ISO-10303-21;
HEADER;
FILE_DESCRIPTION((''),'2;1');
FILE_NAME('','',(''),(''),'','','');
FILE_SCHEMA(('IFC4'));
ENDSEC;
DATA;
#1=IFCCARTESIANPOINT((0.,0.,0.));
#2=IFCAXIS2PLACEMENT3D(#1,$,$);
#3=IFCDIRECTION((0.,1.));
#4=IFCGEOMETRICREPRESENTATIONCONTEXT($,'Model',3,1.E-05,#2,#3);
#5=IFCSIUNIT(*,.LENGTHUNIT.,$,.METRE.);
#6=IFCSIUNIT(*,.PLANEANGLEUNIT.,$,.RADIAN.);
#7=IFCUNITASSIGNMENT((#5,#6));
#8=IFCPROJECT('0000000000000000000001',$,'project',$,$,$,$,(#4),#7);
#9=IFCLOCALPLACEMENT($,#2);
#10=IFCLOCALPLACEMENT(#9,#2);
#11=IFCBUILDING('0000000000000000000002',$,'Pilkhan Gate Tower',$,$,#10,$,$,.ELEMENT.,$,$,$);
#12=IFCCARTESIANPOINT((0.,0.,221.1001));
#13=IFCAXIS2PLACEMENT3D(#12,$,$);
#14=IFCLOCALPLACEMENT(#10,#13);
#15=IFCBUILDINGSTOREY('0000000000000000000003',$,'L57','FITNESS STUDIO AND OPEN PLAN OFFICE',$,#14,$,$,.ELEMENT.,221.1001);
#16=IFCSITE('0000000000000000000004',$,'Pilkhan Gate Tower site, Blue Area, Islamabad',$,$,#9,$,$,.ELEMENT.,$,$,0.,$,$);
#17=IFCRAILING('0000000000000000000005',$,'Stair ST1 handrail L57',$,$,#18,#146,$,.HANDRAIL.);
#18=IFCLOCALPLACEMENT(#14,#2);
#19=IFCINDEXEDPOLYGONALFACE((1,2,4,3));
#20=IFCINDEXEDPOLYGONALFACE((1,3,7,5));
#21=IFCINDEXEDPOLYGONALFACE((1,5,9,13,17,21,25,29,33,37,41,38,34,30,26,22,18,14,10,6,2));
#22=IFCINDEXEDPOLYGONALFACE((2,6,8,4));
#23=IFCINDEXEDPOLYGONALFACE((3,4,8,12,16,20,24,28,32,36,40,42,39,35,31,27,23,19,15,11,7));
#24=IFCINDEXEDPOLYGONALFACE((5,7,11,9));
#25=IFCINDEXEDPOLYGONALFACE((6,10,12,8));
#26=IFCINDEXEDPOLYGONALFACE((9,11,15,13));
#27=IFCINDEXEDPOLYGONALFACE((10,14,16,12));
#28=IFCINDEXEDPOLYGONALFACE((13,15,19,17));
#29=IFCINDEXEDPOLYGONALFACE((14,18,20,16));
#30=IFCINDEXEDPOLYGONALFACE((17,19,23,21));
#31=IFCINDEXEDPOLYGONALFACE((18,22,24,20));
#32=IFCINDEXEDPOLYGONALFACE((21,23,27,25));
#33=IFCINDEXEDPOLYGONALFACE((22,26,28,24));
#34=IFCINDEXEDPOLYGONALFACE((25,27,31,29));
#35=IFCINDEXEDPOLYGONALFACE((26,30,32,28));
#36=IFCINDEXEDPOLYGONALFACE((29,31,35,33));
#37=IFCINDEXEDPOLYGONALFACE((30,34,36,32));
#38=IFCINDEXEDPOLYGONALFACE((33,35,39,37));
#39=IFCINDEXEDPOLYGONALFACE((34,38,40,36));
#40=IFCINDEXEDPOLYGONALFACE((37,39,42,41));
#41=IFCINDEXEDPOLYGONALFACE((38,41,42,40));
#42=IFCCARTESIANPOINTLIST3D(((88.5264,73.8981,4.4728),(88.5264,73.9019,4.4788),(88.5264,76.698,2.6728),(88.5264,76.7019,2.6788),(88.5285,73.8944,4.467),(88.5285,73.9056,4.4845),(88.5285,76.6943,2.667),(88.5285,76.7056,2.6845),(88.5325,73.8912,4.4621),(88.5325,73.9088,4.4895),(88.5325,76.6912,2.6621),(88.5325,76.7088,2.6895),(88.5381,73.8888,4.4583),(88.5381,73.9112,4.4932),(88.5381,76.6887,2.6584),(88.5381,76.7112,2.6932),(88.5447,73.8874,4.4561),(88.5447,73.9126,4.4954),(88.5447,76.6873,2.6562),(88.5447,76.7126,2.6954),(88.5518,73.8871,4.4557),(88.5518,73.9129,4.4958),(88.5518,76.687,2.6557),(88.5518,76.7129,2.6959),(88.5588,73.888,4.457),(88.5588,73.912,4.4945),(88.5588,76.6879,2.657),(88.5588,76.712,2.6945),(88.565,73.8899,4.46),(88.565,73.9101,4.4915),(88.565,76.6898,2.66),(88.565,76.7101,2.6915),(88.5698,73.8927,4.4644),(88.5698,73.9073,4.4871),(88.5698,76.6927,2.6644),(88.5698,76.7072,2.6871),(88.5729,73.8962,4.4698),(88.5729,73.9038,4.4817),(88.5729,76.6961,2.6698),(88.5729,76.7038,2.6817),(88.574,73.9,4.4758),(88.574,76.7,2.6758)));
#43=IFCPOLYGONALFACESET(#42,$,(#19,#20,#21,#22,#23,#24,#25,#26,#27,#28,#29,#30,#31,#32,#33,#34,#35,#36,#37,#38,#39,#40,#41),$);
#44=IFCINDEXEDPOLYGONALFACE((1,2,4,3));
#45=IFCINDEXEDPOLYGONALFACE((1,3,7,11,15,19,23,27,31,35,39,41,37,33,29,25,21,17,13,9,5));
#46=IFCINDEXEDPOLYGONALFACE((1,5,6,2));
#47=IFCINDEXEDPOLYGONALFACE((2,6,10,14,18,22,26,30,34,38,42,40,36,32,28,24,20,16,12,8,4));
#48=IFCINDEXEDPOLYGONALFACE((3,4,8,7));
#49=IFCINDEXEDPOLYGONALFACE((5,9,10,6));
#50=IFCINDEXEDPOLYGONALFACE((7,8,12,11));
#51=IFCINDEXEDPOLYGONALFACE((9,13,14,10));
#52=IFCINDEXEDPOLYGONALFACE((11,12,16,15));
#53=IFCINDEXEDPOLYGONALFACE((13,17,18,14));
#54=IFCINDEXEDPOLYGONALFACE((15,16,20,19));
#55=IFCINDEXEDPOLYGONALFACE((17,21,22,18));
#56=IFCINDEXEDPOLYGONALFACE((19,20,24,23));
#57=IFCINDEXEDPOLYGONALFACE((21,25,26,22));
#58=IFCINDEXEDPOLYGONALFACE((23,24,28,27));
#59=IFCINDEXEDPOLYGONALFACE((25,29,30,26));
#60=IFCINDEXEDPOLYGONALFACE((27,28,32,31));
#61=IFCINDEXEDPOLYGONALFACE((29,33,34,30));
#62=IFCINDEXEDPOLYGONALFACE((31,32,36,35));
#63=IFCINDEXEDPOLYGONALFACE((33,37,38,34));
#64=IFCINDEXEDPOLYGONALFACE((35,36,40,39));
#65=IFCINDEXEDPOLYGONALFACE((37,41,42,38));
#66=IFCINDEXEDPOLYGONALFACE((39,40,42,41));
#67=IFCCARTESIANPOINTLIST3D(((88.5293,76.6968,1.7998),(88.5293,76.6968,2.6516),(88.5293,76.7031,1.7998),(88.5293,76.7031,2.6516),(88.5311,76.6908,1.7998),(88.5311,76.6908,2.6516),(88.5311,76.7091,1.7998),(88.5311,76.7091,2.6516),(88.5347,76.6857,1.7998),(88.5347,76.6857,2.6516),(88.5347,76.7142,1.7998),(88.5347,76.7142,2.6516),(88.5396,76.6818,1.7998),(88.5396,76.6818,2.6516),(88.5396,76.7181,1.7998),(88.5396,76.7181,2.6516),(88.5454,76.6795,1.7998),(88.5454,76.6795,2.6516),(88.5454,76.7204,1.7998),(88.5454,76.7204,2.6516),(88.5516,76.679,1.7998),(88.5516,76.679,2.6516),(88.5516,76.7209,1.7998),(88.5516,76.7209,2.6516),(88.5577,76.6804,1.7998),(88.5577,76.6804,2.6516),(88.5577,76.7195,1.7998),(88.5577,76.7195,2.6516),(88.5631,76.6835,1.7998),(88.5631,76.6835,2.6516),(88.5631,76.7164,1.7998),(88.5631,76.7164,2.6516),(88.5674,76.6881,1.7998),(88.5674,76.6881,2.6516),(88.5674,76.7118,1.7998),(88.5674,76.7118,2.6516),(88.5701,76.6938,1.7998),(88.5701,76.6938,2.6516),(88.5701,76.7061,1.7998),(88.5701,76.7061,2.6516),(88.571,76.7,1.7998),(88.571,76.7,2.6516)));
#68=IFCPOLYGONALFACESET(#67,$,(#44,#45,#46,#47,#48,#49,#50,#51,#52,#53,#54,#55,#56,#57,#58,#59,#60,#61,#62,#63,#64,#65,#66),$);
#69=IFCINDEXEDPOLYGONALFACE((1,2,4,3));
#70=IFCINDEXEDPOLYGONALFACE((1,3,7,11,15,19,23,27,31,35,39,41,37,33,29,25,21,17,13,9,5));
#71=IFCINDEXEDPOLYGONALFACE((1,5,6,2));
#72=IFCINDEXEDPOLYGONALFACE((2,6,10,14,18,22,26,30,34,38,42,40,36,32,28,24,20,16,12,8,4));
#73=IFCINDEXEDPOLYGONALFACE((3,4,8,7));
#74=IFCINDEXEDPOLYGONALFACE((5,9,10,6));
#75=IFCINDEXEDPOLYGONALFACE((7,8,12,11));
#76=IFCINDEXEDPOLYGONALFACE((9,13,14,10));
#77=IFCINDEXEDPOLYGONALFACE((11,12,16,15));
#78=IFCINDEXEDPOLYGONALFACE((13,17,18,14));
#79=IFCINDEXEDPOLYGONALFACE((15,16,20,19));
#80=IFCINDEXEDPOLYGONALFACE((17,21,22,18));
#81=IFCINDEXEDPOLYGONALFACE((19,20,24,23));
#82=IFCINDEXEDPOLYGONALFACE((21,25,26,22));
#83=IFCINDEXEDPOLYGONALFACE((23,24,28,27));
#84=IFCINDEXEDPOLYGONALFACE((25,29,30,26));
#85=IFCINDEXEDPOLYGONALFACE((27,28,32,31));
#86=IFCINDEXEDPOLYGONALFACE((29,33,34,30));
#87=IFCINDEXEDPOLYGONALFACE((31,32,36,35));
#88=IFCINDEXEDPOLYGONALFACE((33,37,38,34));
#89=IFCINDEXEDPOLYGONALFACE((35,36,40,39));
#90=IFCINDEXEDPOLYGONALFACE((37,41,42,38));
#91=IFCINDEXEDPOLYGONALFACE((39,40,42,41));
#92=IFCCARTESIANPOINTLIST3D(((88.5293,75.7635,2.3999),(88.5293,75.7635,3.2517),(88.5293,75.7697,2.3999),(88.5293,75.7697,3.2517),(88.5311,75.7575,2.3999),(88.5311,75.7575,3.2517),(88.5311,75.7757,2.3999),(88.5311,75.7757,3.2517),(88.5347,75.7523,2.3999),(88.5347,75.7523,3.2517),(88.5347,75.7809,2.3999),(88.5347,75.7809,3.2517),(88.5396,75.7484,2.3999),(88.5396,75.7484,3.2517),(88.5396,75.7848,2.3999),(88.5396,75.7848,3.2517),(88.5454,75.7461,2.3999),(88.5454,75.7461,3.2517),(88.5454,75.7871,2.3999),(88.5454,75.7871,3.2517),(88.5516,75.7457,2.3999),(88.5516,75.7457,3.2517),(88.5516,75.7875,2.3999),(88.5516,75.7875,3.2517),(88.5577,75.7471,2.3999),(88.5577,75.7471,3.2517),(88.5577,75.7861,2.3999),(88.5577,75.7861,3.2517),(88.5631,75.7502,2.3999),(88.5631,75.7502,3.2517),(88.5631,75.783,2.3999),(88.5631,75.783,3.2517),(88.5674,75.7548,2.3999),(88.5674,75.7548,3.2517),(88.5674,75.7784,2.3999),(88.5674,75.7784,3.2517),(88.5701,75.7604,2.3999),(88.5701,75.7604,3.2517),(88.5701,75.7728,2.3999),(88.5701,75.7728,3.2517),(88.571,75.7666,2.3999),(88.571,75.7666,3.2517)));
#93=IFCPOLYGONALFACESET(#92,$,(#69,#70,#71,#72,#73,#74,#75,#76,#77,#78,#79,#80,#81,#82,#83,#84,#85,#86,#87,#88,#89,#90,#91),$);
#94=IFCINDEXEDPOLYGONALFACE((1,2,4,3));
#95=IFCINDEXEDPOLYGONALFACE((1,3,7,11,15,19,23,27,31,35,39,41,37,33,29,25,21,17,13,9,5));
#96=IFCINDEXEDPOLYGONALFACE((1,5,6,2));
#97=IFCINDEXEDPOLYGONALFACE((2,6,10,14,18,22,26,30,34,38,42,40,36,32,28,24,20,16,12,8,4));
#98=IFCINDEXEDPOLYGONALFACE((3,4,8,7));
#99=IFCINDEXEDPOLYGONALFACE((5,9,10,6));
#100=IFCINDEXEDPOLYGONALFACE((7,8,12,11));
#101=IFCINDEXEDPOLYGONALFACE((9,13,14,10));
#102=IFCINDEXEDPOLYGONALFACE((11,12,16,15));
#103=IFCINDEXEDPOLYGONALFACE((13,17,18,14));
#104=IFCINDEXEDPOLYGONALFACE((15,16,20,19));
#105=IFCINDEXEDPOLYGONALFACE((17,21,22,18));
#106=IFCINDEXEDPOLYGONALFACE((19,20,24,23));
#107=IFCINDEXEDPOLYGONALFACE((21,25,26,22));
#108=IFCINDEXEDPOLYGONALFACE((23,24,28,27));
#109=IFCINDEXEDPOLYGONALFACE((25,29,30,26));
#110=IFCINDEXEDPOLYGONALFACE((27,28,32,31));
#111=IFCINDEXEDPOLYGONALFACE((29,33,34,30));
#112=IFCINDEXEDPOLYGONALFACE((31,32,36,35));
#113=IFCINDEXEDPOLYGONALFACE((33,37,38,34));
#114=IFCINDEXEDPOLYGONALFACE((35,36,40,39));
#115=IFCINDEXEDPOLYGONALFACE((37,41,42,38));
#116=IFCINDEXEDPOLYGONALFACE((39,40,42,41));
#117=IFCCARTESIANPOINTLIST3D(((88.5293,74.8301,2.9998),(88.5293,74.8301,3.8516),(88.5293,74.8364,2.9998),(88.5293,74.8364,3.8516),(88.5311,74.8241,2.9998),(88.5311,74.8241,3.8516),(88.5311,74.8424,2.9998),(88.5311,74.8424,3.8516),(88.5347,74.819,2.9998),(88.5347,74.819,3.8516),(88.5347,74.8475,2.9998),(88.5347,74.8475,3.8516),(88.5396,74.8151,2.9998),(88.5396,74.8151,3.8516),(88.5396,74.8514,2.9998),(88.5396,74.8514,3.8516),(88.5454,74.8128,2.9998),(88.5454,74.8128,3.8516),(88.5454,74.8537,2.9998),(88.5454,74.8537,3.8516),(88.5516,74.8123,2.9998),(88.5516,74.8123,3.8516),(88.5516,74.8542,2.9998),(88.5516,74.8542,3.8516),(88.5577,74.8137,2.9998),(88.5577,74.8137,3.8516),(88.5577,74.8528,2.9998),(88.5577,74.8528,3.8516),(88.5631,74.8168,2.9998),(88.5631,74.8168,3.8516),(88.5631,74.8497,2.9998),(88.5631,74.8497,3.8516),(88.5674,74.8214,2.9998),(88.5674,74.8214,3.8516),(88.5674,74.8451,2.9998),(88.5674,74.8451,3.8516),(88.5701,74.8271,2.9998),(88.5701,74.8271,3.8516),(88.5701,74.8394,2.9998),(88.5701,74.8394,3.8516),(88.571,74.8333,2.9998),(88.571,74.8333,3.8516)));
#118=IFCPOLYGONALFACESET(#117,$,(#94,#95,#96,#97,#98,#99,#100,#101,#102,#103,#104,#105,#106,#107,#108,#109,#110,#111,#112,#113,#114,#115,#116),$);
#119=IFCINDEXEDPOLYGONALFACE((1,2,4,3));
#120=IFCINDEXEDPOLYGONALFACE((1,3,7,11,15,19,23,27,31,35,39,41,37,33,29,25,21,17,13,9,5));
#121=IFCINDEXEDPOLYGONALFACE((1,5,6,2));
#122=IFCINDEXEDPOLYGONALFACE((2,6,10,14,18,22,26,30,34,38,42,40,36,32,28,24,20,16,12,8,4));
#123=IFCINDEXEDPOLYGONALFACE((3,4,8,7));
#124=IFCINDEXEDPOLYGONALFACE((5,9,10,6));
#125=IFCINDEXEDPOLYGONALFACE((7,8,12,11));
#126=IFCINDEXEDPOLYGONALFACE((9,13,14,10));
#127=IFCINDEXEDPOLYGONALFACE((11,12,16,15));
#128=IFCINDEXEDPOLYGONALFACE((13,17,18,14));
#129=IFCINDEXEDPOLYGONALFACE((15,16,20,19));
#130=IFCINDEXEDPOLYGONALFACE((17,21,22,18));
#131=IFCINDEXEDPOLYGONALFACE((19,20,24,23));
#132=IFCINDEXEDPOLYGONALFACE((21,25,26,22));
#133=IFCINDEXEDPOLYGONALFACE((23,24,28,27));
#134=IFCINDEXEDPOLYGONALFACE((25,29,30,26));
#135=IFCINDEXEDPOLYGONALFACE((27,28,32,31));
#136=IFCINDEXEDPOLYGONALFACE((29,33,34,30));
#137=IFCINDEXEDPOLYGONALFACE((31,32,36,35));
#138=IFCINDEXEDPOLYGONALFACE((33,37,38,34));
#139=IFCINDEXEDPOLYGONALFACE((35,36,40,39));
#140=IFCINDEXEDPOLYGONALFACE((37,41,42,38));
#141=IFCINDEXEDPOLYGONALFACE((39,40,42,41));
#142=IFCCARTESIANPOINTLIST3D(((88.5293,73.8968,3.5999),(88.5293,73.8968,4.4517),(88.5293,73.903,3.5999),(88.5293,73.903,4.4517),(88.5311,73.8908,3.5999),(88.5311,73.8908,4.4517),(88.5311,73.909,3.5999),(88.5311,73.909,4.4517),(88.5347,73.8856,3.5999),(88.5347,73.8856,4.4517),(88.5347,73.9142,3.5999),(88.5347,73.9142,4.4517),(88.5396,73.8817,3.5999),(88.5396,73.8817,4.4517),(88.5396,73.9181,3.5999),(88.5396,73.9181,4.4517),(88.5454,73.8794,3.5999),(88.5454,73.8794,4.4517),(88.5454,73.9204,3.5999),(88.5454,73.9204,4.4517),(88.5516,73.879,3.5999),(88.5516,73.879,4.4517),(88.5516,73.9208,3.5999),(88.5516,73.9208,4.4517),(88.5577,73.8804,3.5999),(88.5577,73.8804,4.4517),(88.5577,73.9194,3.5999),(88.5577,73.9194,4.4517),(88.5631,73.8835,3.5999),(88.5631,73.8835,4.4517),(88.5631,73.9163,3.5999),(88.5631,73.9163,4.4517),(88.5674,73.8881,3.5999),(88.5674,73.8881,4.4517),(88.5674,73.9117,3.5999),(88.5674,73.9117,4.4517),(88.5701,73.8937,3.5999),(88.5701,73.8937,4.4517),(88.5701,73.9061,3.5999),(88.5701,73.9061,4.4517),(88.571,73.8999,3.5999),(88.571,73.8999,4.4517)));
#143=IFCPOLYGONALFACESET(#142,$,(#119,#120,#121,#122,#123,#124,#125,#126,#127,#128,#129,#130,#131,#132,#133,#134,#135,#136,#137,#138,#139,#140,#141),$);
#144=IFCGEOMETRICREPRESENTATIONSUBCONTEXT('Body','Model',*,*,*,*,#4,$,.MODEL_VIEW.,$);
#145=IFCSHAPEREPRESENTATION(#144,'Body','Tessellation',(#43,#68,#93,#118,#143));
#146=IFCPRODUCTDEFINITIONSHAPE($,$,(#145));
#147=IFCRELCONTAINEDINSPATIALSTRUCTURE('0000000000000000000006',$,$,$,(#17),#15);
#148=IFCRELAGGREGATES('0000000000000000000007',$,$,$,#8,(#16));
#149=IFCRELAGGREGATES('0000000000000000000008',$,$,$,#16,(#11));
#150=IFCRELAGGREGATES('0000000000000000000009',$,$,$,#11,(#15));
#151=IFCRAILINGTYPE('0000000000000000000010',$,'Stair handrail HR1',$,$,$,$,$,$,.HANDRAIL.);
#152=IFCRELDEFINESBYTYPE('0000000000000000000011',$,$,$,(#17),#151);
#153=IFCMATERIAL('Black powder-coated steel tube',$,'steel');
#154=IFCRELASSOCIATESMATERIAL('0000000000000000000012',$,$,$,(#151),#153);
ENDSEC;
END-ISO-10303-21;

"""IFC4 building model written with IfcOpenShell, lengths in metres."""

from ifc_helpers import new_model, si_unit, direction, frame, origin, origin_2d, place, context, subcontext, project, spatial, circle, extrude, material, type_object, element, save


model = new_model("IFC4")

# Units and contexts
model_context = context("Model", 3, precision=1e-05, world=origin(), true_north=direction((0.0, 1.0)))
body_context = subcontext(model_context, "Body", "Model", "MODEL_VIEW")
ifc_project = project(units=[si_unit("LENGTHUNIT", "METRE"), si_unit("PLANEANGLEUNIT", "RADIAN")], contexts=[model_context])

# Site, building, storey
site_placement = place(None, origin())
site = spatial("IfcSite", under=ifc_project, at=site_placement, Name="Pilkhan Gate Tower site, Blue Area, Islamabad", CompositionType="ELEMENT", RefElevation=0.0)
building_placement = place(site_placement, origin())
building = spatial("IfcBuilding", under=site, at=building_placement, Name="Pilkhan Gate Tower", CompositionType="ELEMENT")
storey_placement = place(building_placement, frame((0.0, 0.0, 221.1001)))
storey = spatial("IfcBuildingStorey", under=building, at=storey_placement, Name="L57", Description="FITNESS STUDIO AND OPEN PLAN OFFICE", CompositionType="ELEMENT", Elevation=221.1001)

# Railing
ifc_material_1 = material(Name="Black powder-coated steel tube", Category="steel")
railing_type_1 = type_object("IfcRailingType", Name="Stair handrail HR1", PredefinedType="HANDRAIL", material=ifc_material_1)
railing_1_placement = place(storey_placement, frame((88.55, 76.7, 1.7998)))
element("IfcRailing", 1, at=railing_1_placement, inside=storey, type_object=railing_type_1, Name="Stair ST1 handrail L57", PredefinedType="HANDRAIL", context=body_context, shape_type="SweptSolid", body=[
    extrude(circle(Radius=0.0239, at=origin_2d()), frame((0.0, 0.0, 0.876), z_axis=(0.0, -0.841176, 0.540761), x_axis=(1.0, 0.0, 0.0)), (0.0, 0.0, 1.0), 3.3286),
    extrude(circle(Radius=0.021, at=origin_2d()), origin(), (0.0, 0.0, 1.0), 0.8518),
    extrude(circle(Radius=0.021, at=origin_2d()), frame((0.0, -0.9333, 0.6001)), (0.0, 0.0, 1.0), 0.8518),
    extrude(circle(Radius=0.021, at=origin_2d()), frame((0.0, -1.8667, 1.2)), (0.0, 0.0, 1.0), 0.8518),
    extrude(circle(Radius=0.021, at=origin_2d()), frame((0.0, -2.8, 1.8)), (0.0, 0.0, 1.0), 0.8518),
])

save(model, "model.ifc")
